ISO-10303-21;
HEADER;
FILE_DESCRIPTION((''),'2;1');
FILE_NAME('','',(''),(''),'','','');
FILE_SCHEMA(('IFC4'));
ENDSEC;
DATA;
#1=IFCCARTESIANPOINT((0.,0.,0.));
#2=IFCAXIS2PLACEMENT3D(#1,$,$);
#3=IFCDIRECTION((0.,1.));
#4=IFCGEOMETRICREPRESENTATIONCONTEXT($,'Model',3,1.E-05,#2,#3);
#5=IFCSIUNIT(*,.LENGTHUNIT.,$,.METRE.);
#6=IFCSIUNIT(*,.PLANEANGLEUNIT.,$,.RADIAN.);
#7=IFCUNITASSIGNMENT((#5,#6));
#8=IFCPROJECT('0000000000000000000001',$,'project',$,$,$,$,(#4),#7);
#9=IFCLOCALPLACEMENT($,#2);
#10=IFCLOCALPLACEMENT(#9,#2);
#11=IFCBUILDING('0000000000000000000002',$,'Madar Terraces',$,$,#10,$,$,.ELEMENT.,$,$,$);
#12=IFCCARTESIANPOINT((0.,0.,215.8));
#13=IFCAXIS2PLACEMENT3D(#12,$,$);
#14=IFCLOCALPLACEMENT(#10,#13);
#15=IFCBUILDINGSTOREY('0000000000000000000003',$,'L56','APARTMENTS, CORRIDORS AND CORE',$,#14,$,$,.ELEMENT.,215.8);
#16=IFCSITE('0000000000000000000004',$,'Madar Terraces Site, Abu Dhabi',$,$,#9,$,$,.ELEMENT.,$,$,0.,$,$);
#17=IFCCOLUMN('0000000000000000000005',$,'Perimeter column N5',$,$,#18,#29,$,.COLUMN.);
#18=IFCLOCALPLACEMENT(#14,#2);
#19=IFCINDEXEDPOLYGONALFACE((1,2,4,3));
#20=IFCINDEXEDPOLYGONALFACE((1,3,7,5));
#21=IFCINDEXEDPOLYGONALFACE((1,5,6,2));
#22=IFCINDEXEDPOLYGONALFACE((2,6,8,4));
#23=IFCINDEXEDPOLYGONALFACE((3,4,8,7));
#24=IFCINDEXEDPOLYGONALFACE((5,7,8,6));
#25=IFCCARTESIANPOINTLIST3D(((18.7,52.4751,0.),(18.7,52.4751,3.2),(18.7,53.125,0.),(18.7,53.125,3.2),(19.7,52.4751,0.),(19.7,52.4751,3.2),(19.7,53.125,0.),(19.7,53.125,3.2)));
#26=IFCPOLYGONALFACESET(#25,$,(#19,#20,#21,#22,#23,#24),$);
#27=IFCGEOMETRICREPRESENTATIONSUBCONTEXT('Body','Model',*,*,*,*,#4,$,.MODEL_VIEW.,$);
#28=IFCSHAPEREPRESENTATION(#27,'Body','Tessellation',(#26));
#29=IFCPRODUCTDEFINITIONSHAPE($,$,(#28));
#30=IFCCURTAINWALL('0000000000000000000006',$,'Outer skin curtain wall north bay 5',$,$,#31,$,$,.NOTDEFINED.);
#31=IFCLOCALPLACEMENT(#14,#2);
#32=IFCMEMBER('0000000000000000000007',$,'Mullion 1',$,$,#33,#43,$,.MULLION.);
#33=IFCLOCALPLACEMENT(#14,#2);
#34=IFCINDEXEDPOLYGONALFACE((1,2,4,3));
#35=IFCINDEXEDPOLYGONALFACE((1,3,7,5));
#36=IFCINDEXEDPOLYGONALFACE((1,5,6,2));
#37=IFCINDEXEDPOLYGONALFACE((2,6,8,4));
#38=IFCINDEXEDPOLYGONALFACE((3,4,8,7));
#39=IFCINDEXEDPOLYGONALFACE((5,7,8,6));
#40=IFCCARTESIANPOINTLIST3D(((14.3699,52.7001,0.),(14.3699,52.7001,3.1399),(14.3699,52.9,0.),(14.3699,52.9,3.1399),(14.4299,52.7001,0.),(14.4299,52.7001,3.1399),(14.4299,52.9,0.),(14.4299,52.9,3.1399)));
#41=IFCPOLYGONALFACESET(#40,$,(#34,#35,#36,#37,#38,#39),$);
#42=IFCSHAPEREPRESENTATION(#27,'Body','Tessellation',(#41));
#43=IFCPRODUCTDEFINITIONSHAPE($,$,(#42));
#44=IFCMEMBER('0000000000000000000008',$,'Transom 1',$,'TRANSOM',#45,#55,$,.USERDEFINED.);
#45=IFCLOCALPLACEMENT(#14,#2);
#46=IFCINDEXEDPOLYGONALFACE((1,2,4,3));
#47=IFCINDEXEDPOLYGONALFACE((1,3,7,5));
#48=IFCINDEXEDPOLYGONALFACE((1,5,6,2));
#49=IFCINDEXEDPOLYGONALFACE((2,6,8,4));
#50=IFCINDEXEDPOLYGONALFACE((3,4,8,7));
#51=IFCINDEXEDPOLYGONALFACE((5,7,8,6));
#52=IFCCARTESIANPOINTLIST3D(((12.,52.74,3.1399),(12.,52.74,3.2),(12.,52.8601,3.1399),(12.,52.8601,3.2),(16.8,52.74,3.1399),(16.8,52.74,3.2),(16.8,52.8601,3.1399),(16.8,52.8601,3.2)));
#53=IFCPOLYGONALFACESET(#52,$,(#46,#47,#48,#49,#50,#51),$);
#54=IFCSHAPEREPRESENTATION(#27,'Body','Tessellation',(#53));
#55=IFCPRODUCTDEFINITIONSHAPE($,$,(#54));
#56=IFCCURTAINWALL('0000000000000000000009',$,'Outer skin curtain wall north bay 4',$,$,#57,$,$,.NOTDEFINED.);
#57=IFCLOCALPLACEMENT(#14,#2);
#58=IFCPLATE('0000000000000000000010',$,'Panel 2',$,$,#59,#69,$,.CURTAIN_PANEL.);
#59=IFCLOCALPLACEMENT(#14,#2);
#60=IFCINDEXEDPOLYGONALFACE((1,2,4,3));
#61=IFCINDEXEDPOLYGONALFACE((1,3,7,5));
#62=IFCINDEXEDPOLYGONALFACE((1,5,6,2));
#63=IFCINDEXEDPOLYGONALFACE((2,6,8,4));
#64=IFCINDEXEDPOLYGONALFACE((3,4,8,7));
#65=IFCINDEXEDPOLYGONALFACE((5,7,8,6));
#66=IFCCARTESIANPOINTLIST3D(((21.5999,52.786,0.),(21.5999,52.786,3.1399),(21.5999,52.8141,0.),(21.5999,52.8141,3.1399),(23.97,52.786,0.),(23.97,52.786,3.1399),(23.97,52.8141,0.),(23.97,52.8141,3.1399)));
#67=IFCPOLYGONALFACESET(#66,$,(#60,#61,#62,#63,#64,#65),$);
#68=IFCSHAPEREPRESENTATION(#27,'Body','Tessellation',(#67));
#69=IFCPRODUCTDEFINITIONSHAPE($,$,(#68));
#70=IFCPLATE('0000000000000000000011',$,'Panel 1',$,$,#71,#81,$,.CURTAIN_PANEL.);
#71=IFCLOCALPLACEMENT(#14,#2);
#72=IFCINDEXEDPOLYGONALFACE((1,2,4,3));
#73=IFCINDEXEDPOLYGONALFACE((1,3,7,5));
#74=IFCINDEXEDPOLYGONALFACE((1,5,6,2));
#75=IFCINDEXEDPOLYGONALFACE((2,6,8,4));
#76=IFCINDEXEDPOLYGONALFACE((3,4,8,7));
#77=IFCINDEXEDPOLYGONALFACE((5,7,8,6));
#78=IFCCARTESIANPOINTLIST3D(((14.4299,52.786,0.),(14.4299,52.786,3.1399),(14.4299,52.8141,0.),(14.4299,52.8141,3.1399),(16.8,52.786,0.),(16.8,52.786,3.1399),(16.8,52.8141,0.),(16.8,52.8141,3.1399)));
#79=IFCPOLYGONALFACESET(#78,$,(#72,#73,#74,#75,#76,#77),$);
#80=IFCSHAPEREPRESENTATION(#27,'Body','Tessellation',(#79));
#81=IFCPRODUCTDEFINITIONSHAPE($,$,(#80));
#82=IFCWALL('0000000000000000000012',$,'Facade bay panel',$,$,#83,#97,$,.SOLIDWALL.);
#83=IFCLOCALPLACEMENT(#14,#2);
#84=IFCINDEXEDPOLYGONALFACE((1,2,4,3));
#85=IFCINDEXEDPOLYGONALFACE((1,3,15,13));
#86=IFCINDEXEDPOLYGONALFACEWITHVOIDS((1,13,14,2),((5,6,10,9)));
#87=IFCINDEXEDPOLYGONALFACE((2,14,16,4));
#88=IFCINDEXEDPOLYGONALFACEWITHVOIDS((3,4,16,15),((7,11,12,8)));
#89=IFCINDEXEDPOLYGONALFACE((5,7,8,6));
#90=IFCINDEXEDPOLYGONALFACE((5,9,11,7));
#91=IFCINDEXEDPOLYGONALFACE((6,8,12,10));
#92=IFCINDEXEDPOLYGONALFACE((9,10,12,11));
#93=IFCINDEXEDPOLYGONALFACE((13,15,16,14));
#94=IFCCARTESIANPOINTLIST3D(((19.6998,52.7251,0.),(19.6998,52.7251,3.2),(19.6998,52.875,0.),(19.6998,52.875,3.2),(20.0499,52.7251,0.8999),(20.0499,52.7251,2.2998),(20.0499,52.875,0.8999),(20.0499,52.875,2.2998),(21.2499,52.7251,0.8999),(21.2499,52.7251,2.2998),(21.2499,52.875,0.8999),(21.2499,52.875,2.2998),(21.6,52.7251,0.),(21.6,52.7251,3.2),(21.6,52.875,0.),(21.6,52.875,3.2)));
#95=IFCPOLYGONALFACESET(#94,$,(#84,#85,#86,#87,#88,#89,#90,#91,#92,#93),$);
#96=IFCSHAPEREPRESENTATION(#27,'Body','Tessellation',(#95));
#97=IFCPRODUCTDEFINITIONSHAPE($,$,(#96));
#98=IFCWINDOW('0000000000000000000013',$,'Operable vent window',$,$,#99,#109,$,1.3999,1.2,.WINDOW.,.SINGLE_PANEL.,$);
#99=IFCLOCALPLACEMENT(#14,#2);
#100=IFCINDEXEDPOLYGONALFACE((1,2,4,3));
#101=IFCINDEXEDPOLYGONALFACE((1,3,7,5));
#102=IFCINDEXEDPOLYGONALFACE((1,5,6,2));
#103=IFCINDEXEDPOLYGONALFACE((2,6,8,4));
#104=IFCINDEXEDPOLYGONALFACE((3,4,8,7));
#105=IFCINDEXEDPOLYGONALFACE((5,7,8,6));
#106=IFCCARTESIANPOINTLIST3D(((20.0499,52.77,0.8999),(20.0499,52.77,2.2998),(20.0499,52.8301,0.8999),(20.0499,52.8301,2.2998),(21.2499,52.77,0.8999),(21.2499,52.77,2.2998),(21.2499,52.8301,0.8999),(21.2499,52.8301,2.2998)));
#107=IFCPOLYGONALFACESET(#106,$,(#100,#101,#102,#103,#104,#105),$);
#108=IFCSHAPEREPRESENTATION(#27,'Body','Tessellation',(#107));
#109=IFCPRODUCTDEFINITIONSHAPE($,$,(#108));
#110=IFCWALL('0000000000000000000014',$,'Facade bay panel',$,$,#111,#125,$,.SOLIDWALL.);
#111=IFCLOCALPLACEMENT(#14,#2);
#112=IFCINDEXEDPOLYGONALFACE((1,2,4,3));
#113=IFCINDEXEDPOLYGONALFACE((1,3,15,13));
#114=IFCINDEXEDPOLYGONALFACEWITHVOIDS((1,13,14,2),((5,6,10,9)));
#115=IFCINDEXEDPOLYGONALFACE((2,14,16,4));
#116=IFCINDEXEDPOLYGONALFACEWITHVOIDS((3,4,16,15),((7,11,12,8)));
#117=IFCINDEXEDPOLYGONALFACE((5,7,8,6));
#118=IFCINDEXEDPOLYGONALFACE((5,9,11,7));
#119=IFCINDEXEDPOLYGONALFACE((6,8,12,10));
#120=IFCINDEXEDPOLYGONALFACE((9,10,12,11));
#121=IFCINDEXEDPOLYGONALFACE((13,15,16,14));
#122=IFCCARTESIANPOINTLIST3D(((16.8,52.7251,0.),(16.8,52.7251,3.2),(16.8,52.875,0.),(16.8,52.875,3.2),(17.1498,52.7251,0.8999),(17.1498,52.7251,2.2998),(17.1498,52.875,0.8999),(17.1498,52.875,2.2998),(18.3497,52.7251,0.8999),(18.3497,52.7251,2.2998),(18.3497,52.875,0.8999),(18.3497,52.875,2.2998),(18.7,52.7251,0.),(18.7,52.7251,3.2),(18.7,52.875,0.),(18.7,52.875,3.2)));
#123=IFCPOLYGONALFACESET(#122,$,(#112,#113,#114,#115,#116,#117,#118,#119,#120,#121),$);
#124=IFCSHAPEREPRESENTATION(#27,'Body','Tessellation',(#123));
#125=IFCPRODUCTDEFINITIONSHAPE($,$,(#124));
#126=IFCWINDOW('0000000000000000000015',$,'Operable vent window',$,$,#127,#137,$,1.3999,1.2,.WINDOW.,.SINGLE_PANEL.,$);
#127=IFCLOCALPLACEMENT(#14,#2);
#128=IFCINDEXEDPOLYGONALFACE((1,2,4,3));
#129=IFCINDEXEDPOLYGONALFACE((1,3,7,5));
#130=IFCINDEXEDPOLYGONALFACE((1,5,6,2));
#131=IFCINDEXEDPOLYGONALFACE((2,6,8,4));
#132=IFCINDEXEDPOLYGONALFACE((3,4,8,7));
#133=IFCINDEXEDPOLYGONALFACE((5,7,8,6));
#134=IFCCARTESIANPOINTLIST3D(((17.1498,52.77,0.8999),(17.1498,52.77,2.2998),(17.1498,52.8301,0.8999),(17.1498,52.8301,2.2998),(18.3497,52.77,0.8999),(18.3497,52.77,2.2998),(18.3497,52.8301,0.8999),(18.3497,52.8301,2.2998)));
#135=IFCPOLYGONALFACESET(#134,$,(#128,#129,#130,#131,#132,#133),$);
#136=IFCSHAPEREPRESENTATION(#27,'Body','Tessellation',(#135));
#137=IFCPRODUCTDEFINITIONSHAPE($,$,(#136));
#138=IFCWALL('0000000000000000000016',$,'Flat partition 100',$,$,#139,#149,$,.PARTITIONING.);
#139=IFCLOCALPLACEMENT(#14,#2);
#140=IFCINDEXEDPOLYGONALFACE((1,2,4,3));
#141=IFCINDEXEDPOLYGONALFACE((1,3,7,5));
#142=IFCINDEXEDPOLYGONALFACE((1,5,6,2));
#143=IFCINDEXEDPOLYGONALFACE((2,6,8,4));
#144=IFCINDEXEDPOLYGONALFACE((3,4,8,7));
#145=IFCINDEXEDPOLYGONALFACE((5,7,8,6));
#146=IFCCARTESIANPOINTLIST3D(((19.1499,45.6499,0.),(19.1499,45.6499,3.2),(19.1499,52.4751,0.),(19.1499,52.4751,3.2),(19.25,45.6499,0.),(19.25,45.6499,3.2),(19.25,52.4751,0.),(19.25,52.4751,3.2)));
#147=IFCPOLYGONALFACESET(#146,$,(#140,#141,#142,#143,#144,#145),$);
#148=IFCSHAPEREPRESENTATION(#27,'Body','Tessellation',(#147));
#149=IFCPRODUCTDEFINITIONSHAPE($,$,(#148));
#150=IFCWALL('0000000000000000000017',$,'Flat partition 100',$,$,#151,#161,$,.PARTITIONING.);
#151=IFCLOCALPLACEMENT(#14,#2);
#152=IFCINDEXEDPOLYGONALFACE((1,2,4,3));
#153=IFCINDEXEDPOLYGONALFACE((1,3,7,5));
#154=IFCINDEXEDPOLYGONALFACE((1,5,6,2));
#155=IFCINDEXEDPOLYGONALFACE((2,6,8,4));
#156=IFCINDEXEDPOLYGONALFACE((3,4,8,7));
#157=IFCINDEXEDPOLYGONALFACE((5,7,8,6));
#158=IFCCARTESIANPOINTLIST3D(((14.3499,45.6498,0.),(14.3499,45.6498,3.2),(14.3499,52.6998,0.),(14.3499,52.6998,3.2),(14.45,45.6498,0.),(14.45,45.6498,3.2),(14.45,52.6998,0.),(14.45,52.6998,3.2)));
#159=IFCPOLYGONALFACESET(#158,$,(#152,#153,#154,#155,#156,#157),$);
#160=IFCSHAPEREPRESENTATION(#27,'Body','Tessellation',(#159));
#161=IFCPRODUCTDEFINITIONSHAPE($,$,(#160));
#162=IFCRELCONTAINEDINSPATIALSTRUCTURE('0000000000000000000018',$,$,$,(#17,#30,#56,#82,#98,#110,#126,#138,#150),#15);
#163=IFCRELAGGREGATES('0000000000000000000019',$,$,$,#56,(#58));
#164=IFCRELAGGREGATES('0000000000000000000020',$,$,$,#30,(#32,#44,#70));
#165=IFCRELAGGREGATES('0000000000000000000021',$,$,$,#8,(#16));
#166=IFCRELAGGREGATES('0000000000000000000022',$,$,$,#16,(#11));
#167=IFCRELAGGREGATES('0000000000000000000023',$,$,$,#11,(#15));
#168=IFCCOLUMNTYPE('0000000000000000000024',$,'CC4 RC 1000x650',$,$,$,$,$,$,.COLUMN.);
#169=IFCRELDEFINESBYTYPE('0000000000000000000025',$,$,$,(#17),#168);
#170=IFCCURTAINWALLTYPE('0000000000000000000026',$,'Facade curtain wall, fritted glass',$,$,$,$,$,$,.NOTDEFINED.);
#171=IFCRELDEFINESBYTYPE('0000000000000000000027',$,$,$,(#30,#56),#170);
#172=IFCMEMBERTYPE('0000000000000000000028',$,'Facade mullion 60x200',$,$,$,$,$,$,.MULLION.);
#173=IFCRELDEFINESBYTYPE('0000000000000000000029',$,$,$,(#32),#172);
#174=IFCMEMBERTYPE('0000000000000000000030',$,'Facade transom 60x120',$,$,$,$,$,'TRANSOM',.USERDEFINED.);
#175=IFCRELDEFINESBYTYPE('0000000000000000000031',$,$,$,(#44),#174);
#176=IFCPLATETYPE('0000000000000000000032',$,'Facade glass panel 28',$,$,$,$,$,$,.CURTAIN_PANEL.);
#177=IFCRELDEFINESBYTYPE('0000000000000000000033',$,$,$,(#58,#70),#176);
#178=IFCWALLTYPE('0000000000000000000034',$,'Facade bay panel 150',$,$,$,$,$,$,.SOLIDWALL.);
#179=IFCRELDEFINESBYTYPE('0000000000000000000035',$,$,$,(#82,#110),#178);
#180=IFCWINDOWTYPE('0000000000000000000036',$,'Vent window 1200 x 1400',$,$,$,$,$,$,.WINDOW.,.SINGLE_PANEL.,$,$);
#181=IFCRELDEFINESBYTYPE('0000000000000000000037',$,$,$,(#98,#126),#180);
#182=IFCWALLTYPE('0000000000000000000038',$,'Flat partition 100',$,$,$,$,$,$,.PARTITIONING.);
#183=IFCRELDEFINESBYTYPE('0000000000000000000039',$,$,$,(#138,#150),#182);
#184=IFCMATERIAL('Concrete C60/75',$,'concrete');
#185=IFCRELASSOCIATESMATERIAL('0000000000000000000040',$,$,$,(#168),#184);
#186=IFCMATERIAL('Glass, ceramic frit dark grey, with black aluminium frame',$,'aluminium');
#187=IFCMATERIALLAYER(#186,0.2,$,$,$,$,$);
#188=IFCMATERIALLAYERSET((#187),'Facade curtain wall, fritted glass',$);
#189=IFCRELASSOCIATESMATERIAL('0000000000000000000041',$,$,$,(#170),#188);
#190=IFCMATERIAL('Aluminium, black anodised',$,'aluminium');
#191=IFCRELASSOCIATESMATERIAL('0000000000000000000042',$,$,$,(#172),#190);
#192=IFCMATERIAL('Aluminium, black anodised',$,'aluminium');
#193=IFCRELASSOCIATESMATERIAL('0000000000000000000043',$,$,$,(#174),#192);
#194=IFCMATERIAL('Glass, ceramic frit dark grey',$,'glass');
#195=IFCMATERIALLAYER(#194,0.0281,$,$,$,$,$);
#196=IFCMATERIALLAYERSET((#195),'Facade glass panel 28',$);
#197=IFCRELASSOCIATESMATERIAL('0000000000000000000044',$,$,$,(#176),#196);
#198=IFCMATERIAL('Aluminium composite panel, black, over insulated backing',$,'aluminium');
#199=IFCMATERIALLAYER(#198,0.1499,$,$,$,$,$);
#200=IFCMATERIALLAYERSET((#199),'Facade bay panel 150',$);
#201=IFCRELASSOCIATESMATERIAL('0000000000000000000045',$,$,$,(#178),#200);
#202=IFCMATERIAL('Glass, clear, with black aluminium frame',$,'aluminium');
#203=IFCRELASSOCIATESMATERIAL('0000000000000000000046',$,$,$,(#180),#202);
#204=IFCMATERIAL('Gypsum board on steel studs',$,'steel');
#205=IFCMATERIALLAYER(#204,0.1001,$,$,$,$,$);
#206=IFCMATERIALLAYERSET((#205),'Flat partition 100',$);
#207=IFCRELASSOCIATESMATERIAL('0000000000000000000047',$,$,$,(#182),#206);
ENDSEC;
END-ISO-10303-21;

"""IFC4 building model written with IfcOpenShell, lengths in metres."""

from ifc_helpers import new_model, si_unit, direction, frame, frame_2d, origin, origin_2d, place, context, subcontext, project, spatial, rectangle, extrude, material, layer, layer_set, material_profile, profile_set, type_object, element, fill, aggregate, save


model = new_model("IFC4")

# Units and contexts
model_context = context("Model", 3, precision=1e-05, world=origin(), true_north=direction((0.0, 1.0)))
body_context = subcontext(model_context, "Body", "Model", "MODEL_VIEW")
ifc_project = project(units=[si_unit("LENGTHUNIT", "METRE"), si_unit("PLANEANGLEUNIT", "RADIAN")], contexts=[model_context])

# Site, building, storey
site_placement = place(None, origin())
site = spatial("IfcSite", under=ifc_project, at=site_placement, Name="Madar Terraces Site, Abu Dhabi", CompositionType="ELEMENT", RefElevation=0.0)
building_placement = place(site_placement, origin())
building = spatial("IfcBuilding", under=site, at=building_placement, Name="Madar Terraces", CompositionType="ELEMENT")
storey_placement = place(building_placement, frame((0.0, 0.0, 215.8)))
storey = spatial("IfcBuildingStorey", under=building, at=storey_placement, Name="L56", Description="APARTMENTS, CORRIDORS AND CORE", CompositionType="ELEMENT", Elevation=215.8)

# Column
ifc_material_1 = material(Name="Concrete C60/75", Category="concrete")
ifc_material_profile_1 = material_profile(ifc_material_1, rectangle(XDim=1.0, YDim=0.6499, at=origin_2d()), Name="CC4 RC 1000x650")
ifc_profile_set_1 = profile_set([ifc_material_profile_1], Name="Concrete C60/75")
column_type = type_object("IfcColumnType", Name="CC4 RC 1000x650", PredefinedType="COLUMN", material=ifc_profile_set_1)
column_placement = place(storey_placement, frame((19.2, 52.8, 0.0), z_axis=(0.0, 0.0, 1.0), x_axis=(1.0, 0.0, 0.0)))
element("IfcColumn", 1, at=column_placement, inside=storey, type_object=column_type, Name="Perimeter column N5", PredefinedType="COLUMN", context=body_context, shape_type="SweptSolid", body=[
    extrude(rectangle(XDim=1.0, YDim=0.6499, at=origin_2d()), origin(), (0.0, 0.0, 1.0), 3.2),
])

# Curtain wall, members
ifc_material_2 = material(Name="Glass, ceramic frit dark grey, with black aluminium frame", Category="aluminium")
ifc_layer_1 = layer(ifc_material_2, 0.2)
ifc_layer_set_1 = layer_set([ifc_layer_1], Name="Facade curtain wall, fritted glass")
curtain_wall_type = type_object("IfcCurtainWallType", Name="Facade curtain wall, fritted glass", PredefinedType="NOTDEFINED", material=ifc_layer_set_1)
curtain_wall_1_placement = place(storey_placement, origin())
curtain_wall_1 = element("IfcCurtainWall", 2, at=curtain_wall_1_placement, inside=storey, type_object=curtain_wall_type, Name="Outer skin curtain wall north bay 5", PredefinedType="NOTDEFINED")
ifc_material_3 = material(Name="Aluminium, black anodised", Category="aluminium")
ifc_material_profile_2 = material_profile(ifc_material_3, rectangle(XDim=0.2, YDim=0.0601, at=origin_2d()), Name="Facade mullion 60x200")
ifc_profile_set_2 = profile_set([ifc_material_profile_2], Name="Aluminium, black anodised")
member_type_1 = type_object("IfcMemberType", Name="Facade mullion 60x200", PredefinedType="MULLION", material=ifc_profile_set_2)
member_1_placement = place(storey_placement, frame((14.3999, 52.8, 0.0), z_axis=(0.0, 0.0, 1.0), x_axis=(0.0, -1.0, 0.0)))
member_1 = element("IfcMember", 3, at=member_1_placement, type_object=member_type_1, Name="Mullion 1", PredefinedType="MULLION", context=body_context, shape_type="SweptSolid", body=[
    extrude(rectangle(XDim=0.2, YDim=0.0601, at=origin_2d()), origin(), (0.0, 0.0, 1.0), 3.1399),
])
ifc_material_4 = material(Name="Aluminium, black anodised", Category="aluminium")
ifc_material_profile_3 = material_profile(ifc_material_4, rectangle(XDim=0.1201, YDim=0.0601, at=origin_2d()), Name="Facade transom 60x120")
ifc_profile_set_3 = profile_set([ifc_material_profile_3], Name="Aluminium, black anodised")
member_type_2 = type_object("IfcMemberType", Name="Facade transom 60x120", ElementType="TRANSOM", PredefinedType="USERDEFINED", material=ifc_profile_set_3)
member_2_placement = place(storey_placement, frame((16.8, 52.8, 3.1699), z_axis=(-1.0, 0.0, 0.0), x_axis=(0.0, -1.0, 0.0)))
member_2 = element("IfcMember", 4, at=member_2_placement, type_object=member_type_2, Name="Transom 1", ObjectType="TRANSOM", PredefinedType="USERDEFINED", context=body_context, shape_type="SweptSolid", body=[
    extrude(rectangle(XDim=0.1201, YDim=0.0601, at=origin_2d()), origin(), (0.0, 0.0, 1.0), 4.8),
])

# Curtain wall, plate
curtain_wall_2_placement = place(storey_placement, origin())
curtain_wall_2 = element("IfcCurtainWall", 5, at=curtain_wall_2_placement, inside=storey, type_object=curtain_wall_type, Name="Outer skin curtain wall north bay 4", PredefinedType="NOTDEFINED")
ifc_material_5 = material(Name="Glass, ceramic frit dark grey", Category="glass")
ifc_layer_2 = layer(ifc_material_5, 0.0281)
ifc_layer_set_2 = layer_set([ifc_layer_2], Name="Facade glass panel 28")
plate_type = type_object("IfcPlateType", Name="Facade glass panel 28", PredefinedType="CURTAIN_PANEL", material=ifc_layer_set_2)
plate_1_placement = place(storey_placement, frame((22.7849, 52.8, 0.0), z_axis=(0.0, 0.0, 1.0), x_axis=(-1.0, 0.0, 0.0)))
plate_1 = element("IfcPlate", 6, at=plate_1_placement, type_object=plate_type, Name="Panel 2", PredefinedType="CURTAIN_PANEL", context=body_context, shape_type="SweptSolid", body=[
    extrude(rectangle(XDim=2.3701, YDim=0.0281, at=origin_2d()), origin(), (0.0, 0.0, 1.0), 3.1399),
])
aggregate(curtain_wall_2, [plate_1])

# Plate
plate_2_placement = place(storey_placement, frame((15.615, 52.8, 0.0), z_axis=(0.0, 0.0, 1.0), x_axis=(-1.0, 0.0, 0.0)))
plate_2 = element("IfcPlate", 7, at=plate_2_placement, type_object=plate_type, Name="Panel 1", PredefinedType="CURTAIN_PANEL", context=body_context, shape_type="SweptSolid", body=[
    extrude(rectangle(XDim=2.3701, YDim=0.0281, at=origin_2d()), origin(), (0.0, 0.0, 1.0), 3.1399),
])
aggregate(curtain_wall_1, [member_1, member_2, plate_2])

# Walls, openings, windows
ifc_material_6 = material(Name="Aluminium composite panel, black, over insulated backing", Category="aluminium")
ifc_layer_3 = layer(ifc_material_6, 0.1499)
ifc_layer_set_3 = layer_set([ifc_layer_3], Name="Facade bay panel 150")
wall_type_1 = type_object("IfcWallType", Name="Facade bay panel 150", PredefinedType="SOLIDWALL", material=ifc_layer_set_3)
wall_1_placement = place(storey_placement, frame((21.6001, 52.8, 0.0), z_axis=(0.0, 0.0, 1.0), x_axis=(-1.0, 0.0, 0.0)))
wall_1 = element("IfcWall", 8, at=wall_1_placement, inside=storey, type_object=wall_type_1, Name="Facade bay panel", PredefinedType="SOLIDWALL", context=body_context, shape_type="SweptSolid", body=[
    extrude(rectangle(XDim=1.9001, YDim=0.1499, at=frame_2d((0.9502, 0.0))), origin(), (0.0, 0.0, 1.0), 3.2),
])
opening_1_placement = place(wall_1_placement, frame((0.3501, 0.0, 0.8999)))
opening_1 = element("IfcOpeningElement", 9, at=opening_1_placement, cuts=wall_1, PredefinedType="OPENING", context=body_context, shape_type="SweptSolid", body=[
    extrude(rectangle(XDim=1.2, YDim=1.3999, at=frame_2d((0.6001, 0.7))), frame((0.0, 0.085, 0.0), z_axis=(0.0, -1.0, 0.0), x_axis=(1.0, 0.0, 0.0)), (0.0, 0.0, 1.0), 0.1699),
])
ifc_material_7 = material(Name="Glass, clear, with black aluminium frame", Category="aluminium")
window_type = type_object("IfcWindowType", Name="Vent window 1200 x 1400", PartitioningType="SINGLE_PANEL", PredefinedType="WINDOW", material=ifc_material_7)
window_1_placement = place(opening_1_placement, origin())
window_1 = element("IfcWindow", 10, at=window_1_placement, inside=storey, type_object=window_type, Name="Operable vent window", OverallHeight=1.3999, OverallWidth=1.2, PartitioningType="SINGLE_PANEL", PredefinedType="WINDOW", context=body_context, shape_type="SweptSolid", body=[
    extrude(rectangle(XDim=1.2, YDim=1.3999, at=frame_2d((0.6001, 0.7))), frame((0.0, 0.03, 0.0), z_axis=(0.0, -1.0, 0.0), x_axis=(1.0, 0.0, 0.0)), (0.0, 0.0, 1.0), 0.0601),
])
fill(opening_1, window_1)
wall_2_placement = place(storey_placement, frame((18.7, 52.8, 0.0), z_axis=(0.0, 0.0, 1.0), x_axis=(-1.0, 0.0, 0.0)))
wall_2 = element("IfcWall", 11, at=wall_2_placement, inside=storey, type_object=wall_type_1, Name="Facade bay panel", PredefinedType="SOLIDWALL", context=body_context, shape_type="SweptSolid", body=[
    extrude(rectangle(XDim=1.8999, YDim=0.1499, at=frame_2d((0.95, 0.0))), origin(), (0.0, 0.0, 1.0), 3.2),
])
opening_2_placement = place(wall_2_placement, frame((0.3501, 0.0, 0.8999)))
opening_2 = element("IfcOpeningElement", 12, at=opening_2_placement, cuts=wall_2, PredefinedType="OPENING", context=body_context, shape_type="SweptSolid", body=[
    extrude(rectangle(XDim=1.2, YDim=1.3999, at=frame_2d((0.6001, 0.7))), frame((0.0, 0.085, 0.0), z_axis=(0.0, -1.0, 0.0), x_axis=(1.0, 0.0, 0.0)), (0.0, 0.0, 1.0), 0.1699),
])
window_2_placement = place(opening_2_placement, origin())
window_2 = element("IfcWindow", 13, at=window_2_placement, inside=storey, type_object=window_type, Name="Operable vent window", OverallHeight=1.3999, OverallWidth=1.2, PartitioningType="SINGLE_PANEL", PredefinedType="WINDOW", context=body_context, shape_type="SweptSolid", body=[
    extrude(rectangle(XDim=1.2, YDim=1.3999, at=frame_2d((0.6001, 0.7))), frame((0.0, 0.03, 0.0), z_axis=(0.0, -1.0, 0.0), x_axis=(1.0, 0.0, 0.0)), (0.0, 0.0, 1.0), 0.0601),
])
fill(opening_2, window_2)

# Walls
ifc_material_8 = material(Name="Gypsum board on steel studs", Category="steel")
ifc_layer_4 = layer(ifc_material_8, 0.1001)
ifc_layer_set_4 = layer_set([ifc_layer_4], Name="Flat partition 100")
wall_type_2 = type_object("IfcWallType", Name="Flat partition 100", PredefinedType="PARTITIONING", material=ifc_layer_set_4)
wall_3_placement = place(storey_placement, frame((19.2, 45.6499, 0.0), z_axis=(0.0, 0.0, 1.0), x_axis=(0.0, 1.0, 0.0)))
element("IfcWall", 14, at=wall_3_placement, inside=storey, type_object=wall_type_2, Name="Flat partition 100", PredefinedType="PARTITIONING", context=body_context, shape_type="SweptSolid", body=[
    extrude(rectangle(XDim=6.8252, YDim=0.1001, at=frame_2d((3.4126, 0.0))), origin(), (0.0, 0.0, 1.0), 3.2),
])
wall_4_placement = place(storey_placement, frame((14.3999, 45.6499, 0.0), z_axis=(0.0, 0.0, 1.0), x_axis=(0.0, 1.0, 0.0)))
element("IfcWall", 15, at=wall_4_placement, inside=storey, type_object=wall_type_2, Name="Flat partition 100", PredefinedType="PARTITIONING", context=body_context, shape_type="SweptSolid", body=[
    extrude(rectangle(XDim=7.05, YDim=0.1001, at=frame_2d((3.5249, 0.0))), origin(), (0.0, 0.0, 1.0), 3.2),
])

save(model, "model.ifc")
